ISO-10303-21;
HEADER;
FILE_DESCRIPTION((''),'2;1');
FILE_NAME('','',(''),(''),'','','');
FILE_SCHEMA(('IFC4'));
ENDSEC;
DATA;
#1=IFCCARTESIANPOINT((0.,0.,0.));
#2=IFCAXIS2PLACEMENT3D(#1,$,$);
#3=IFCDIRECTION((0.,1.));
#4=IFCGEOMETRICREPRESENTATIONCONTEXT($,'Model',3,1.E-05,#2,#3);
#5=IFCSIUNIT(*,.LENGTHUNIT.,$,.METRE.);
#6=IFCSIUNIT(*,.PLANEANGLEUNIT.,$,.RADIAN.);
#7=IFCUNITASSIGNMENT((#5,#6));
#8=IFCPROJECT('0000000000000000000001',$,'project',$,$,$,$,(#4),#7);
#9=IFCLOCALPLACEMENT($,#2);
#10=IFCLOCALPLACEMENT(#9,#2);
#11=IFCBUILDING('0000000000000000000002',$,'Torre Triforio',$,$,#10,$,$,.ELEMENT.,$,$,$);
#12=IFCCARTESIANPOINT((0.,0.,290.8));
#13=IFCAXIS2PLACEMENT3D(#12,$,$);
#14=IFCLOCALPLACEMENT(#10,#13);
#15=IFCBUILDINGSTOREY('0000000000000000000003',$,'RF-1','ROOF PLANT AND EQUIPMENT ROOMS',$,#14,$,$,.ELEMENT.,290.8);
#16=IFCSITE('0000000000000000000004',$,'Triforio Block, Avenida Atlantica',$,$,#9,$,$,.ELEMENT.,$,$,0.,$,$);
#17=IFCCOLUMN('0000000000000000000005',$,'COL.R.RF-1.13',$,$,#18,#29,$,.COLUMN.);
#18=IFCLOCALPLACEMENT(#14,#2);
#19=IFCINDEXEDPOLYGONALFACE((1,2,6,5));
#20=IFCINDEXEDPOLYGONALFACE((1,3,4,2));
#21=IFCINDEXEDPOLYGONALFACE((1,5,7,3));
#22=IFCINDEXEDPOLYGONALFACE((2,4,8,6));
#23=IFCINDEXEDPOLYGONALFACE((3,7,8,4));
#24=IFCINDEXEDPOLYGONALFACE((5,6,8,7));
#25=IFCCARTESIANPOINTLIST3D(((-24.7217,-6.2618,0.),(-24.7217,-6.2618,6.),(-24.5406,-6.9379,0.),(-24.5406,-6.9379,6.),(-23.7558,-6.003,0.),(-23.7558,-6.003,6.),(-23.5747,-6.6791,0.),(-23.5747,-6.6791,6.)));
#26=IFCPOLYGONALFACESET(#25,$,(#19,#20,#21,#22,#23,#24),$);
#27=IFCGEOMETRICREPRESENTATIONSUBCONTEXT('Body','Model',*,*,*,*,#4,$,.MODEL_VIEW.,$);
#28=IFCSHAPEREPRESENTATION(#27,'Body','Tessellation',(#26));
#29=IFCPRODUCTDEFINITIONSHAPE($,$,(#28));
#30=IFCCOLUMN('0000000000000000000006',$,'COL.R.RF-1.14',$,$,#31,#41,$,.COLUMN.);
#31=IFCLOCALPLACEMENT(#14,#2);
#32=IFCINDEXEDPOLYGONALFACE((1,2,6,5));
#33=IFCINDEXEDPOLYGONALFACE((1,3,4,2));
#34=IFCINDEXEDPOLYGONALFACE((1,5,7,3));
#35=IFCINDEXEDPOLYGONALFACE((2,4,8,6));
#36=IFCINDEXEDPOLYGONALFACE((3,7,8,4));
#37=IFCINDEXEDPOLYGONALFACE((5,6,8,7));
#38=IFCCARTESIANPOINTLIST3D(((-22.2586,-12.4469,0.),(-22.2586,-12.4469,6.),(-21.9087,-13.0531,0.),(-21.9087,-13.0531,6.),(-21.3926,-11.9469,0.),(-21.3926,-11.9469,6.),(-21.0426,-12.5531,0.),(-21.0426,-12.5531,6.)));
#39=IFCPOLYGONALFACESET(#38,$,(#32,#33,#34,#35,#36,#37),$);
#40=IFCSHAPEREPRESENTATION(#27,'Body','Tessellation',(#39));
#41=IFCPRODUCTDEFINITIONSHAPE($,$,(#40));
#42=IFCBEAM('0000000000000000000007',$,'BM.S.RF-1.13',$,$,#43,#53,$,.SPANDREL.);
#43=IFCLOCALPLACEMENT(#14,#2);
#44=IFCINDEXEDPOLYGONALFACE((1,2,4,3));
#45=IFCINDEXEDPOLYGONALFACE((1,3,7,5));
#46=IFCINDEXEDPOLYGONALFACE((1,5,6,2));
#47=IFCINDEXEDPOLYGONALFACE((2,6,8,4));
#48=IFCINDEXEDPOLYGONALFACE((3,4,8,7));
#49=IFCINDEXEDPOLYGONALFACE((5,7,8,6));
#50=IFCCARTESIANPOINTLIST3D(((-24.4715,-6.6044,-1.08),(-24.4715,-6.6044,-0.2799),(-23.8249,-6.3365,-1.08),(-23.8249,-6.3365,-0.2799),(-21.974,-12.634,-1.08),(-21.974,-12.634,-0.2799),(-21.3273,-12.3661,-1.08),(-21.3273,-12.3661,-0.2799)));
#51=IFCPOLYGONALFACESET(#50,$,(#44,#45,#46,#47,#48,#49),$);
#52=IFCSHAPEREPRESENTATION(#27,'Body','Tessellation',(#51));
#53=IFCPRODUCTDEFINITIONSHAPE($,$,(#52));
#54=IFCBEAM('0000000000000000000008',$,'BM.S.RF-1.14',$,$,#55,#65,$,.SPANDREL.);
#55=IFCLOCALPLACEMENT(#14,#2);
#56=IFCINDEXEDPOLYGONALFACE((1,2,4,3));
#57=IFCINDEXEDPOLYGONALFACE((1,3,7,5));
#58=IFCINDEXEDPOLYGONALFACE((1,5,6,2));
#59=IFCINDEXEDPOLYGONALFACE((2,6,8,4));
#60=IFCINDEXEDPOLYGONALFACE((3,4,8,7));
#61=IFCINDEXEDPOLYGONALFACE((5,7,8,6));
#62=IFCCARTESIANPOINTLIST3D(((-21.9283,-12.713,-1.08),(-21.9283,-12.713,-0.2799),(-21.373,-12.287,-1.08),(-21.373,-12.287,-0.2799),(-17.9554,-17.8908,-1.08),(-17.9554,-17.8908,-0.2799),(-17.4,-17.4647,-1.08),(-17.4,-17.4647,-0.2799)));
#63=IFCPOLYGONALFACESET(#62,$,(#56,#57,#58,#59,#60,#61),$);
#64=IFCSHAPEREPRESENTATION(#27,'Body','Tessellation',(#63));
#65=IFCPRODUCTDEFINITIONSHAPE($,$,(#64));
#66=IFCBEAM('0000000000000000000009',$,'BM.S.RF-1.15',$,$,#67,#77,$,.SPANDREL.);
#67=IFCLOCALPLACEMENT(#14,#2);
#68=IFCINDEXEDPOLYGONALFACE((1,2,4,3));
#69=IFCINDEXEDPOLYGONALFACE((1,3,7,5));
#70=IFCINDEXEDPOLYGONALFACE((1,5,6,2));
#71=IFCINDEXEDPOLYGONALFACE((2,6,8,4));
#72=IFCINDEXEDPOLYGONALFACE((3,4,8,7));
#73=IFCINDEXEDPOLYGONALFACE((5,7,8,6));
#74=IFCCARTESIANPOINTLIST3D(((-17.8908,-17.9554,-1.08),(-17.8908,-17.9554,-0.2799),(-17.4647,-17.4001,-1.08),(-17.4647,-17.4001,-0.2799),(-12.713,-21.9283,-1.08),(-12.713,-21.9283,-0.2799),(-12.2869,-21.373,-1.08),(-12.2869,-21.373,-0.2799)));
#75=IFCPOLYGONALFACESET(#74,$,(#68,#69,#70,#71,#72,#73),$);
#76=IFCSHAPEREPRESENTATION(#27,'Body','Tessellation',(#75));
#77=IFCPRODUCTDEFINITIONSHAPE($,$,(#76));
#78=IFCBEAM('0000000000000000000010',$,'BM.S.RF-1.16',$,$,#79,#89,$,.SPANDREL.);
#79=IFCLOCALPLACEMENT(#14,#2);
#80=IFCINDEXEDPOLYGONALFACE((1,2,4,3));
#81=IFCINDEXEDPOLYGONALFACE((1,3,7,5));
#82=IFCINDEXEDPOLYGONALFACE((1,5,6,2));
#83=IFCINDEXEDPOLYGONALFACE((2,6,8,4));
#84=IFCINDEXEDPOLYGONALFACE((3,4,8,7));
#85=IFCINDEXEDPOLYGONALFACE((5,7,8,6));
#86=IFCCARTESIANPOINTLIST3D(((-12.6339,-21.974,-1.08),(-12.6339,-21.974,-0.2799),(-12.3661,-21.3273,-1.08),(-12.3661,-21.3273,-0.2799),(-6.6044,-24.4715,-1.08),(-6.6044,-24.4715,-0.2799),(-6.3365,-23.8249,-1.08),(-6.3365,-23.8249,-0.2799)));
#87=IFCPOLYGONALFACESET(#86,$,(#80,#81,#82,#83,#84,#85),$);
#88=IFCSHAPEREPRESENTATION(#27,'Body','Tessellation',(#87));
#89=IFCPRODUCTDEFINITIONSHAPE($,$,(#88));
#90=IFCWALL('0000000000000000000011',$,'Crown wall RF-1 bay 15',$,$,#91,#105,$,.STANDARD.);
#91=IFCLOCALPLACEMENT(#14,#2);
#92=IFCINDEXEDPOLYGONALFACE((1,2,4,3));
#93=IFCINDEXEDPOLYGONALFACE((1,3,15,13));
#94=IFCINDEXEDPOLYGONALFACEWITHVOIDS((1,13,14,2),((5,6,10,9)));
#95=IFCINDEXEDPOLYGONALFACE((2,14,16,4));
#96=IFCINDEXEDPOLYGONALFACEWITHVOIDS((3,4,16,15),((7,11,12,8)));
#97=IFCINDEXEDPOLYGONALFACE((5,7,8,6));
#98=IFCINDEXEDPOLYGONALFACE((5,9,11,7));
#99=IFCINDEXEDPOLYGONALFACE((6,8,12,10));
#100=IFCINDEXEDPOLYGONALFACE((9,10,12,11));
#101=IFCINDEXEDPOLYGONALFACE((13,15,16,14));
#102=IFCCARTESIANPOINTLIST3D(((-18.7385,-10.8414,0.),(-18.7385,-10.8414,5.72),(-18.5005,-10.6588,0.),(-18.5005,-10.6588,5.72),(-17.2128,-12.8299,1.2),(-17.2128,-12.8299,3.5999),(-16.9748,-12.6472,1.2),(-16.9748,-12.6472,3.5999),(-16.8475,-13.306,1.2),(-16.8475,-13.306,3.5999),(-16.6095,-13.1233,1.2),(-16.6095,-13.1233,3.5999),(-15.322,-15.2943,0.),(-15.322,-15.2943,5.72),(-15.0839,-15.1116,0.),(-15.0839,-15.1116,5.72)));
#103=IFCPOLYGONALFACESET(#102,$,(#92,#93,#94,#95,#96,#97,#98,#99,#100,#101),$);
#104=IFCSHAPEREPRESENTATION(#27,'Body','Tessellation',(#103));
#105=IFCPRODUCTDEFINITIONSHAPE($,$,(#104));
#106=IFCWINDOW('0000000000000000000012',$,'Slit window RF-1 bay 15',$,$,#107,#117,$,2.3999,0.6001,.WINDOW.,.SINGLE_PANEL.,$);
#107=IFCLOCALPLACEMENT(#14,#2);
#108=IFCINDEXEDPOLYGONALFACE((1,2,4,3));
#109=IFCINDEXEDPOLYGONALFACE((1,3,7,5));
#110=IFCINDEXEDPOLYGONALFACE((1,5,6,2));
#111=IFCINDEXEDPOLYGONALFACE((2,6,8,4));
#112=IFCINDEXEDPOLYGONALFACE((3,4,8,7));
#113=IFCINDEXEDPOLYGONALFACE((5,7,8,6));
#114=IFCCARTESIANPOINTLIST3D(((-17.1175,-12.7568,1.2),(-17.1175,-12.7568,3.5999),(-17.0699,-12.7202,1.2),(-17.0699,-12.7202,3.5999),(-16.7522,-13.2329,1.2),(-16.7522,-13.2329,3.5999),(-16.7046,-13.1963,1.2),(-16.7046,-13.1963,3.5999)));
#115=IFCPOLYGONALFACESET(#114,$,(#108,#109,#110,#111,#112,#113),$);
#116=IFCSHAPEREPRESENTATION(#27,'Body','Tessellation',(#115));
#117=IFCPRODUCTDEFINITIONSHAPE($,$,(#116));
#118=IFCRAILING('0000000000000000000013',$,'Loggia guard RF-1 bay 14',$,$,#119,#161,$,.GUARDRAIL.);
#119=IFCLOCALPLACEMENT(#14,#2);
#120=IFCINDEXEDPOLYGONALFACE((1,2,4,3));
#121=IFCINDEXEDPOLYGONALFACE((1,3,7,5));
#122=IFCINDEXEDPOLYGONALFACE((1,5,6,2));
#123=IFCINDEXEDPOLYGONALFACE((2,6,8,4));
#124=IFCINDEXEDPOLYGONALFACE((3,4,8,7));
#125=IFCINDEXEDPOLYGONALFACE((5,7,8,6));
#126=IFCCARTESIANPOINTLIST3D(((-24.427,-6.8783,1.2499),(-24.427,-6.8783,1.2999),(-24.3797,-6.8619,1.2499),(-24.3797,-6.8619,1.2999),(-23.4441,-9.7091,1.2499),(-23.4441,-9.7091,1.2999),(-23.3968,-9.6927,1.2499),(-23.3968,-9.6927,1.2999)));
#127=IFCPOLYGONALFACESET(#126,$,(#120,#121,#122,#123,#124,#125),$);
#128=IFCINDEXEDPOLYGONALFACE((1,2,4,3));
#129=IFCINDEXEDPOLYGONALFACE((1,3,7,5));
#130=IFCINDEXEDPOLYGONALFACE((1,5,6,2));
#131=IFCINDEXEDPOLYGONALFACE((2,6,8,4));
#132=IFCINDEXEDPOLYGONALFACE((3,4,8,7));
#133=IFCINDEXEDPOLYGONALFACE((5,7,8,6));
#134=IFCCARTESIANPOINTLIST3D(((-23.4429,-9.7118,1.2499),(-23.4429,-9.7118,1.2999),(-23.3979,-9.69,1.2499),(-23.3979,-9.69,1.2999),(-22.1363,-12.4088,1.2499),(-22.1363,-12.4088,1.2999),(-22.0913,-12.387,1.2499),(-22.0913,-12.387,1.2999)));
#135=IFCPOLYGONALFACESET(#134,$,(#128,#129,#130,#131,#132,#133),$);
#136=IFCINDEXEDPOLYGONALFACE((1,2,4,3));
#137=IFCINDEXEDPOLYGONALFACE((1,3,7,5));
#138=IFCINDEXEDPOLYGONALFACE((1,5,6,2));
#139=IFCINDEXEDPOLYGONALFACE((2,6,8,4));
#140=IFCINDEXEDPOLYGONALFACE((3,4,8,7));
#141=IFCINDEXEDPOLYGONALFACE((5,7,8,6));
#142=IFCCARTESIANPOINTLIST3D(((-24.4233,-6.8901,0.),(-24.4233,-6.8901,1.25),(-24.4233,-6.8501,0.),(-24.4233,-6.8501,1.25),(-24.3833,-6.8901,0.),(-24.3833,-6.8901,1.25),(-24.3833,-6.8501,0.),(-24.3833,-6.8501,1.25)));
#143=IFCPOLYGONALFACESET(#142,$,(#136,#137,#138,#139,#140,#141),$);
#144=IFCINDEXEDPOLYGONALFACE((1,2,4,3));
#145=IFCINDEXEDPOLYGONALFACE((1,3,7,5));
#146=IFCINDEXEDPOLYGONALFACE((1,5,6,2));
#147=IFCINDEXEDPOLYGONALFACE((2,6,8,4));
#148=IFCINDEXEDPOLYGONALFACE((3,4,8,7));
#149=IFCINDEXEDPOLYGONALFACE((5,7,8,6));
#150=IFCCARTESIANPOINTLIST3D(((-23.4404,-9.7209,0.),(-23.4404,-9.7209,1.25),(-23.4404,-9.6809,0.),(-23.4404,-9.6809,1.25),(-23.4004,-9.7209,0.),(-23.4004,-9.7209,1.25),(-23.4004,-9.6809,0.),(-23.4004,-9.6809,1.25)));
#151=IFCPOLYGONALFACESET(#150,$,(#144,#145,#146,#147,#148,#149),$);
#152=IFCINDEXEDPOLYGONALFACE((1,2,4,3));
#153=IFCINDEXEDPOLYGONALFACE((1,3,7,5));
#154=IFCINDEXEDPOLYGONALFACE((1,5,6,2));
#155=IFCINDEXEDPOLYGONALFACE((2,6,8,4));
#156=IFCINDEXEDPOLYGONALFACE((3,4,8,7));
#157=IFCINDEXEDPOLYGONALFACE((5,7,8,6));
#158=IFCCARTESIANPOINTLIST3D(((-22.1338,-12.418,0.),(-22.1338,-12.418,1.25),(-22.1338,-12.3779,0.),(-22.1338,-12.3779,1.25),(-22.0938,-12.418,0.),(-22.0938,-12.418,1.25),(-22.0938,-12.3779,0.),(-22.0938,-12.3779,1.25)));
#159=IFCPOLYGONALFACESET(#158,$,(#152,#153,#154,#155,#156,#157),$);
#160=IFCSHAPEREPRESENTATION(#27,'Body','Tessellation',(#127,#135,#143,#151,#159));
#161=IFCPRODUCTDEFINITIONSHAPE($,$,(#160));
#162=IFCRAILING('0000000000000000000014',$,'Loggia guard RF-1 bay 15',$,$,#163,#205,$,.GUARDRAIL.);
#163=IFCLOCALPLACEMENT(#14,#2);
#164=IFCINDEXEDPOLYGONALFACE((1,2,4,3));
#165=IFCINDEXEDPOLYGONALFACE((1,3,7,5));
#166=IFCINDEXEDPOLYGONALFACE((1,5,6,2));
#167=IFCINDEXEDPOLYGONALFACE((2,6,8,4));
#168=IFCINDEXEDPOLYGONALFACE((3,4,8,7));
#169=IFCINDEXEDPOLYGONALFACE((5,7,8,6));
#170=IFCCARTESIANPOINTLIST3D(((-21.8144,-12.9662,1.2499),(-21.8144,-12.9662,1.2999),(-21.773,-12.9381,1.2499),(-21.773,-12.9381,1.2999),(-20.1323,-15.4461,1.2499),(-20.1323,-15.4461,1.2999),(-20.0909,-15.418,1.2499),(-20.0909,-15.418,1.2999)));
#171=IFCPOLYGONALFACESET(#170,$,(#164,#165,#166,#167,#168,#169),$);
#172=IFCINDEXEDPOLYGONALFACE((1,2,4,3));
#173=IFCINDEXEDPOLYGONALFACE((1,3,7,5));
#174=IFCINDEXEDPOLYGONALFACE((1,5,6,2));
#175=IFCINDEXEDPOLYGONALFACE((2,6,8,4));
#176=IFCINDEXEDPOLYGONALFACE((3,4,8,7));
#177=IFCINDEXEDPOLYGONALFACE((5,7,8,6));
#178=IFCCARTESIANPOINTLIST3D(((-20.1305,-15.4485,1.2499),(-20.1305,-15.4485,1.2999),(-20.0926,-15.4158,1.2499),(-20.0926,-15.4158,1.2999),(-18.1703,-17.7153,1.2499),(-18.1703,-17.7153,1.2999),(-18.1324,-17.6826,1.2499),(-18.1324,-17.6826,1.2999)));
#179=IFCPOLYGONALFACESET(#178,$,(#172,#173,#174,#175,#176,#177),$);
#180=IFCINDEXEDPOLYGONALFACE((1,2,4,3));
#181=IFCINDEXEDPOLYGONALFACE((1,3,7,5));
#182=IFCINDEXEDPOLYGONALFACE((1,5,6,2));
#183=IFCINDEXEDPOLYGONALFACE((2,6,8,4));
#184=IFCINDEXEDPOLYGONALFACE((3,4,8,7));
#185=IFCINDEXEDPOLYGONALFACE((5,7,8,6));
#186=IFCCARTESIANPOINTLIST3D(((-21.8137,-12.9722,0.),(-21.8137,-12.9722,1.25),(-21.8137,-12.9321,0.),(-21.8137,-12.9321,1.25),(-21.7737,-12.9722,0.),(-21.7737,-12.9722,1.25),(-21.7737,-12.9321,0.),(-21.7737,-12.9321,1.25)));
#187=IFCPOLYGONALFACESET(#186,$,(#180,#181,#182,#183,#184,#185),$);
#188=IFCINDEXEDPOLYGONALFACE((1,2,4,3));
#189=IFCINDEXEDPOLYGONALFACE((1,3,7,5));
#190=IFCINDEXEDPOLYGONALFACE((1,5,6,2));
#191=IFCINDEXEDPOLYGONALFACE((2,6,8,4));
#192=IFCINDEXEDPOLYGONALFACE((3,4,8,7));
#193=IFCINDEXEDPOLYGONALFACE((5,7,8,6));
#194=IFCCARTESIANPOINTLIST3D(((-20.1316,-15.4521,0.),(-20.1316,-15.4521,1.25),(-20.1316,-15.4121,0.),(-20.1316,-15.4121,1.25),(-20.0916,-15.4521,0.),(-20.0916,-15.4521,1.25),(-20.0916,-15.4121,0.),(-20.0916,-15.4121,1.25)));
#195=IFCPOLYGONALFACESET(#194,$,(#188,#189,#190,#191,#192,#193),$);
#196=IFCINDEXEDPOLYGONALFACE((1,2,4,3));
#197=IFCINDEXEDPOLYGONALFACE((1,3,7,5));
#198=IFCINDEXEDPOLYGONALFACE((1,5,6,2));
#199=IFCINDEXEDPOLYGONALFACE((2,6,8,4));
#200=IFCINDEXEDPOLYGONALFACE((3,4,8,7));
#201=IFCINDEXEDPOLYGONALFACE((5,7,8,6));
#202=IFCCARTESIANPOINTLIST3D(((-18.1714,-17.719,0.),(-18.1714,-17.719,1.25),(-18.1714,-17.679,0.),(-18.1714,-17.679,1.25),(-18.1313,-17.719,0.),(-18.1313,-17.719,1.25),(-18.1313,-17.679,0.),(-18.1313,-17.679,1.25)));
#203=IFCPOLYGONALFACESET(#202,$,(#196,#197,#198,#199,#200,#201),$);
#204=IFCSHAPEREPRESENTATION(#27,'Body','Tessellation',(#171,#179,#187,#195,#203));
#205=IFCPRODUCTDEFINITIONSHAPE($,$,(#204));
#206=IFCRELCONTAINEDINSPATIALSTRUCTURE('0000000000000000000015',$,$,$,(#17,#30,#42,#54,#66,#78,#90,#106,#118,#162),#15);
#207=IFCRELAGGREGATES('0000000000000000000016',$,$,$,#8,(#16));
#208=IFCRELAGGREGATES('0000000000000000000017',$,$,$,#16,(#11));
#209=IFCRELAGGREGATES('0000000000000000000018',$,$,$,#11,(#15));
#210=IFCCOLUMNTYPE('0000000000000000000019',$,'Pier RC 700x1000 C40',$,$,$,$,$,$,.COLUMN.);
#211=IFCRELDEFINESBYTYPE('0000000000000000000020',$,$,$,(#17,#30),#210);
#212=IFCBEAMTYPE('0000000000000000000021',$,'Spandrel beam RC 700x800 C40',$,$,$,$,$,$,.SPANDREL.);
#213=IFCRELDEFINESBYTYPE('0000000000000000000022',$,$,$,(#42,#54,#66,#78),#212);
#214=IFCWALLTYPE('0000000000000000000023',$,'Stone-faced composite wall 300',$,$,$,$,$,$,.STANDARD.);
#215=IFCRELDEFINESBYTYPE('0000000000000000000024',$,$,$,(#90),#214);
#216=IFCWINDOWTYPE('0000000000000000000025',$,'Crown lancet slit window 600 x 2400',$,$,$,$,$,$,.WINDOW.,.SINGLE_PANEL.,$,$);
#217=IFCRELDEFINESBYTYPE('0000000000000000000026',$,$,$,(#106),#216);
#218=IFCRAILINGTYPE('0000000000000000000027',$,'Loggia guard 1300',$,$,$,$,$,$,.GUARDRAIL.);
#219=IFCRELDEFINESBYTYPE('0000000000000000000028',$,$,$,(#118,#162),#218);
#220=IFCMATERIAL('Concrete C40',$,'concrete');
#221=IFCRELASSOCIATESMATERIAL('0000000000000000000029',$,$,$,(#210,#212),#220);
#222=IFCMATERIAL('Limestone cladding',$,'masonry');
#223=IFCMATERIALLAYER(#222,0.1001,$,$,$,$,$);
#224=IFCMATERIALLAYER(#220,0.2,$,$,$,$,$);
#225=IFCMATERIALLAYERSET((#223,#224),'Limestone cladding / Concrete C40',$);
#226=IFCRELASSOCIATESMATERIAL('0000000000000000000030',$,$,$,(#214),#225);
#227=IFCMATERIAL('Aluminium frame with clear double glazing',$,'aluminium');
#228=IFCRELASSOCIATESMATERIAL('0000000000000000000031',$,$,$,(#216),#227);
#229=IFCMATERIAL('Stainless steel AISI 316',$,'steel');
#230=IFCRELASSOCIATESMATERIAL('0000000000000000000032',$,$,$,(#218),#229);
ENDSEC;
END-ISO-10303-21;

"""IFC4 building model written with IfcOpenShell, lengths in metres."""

from ifc_helpers import new_model, si_unit, direction, frame, frame_2d, origin, origin_2d, place, context, subcontext, project, spatial, polyline, rectangle, outline, extrude, material, layer, layer_set, material_profile, profile_set, type_object, element, fill, save


model = new_model("IFC4")

# Units and contexts
model_context = context("Model", 3, precision=1e-05, world=origin(), true_north=direction((0.0, 1.0)))
body_context = subcontext(model_context, "Body", "Model", "MODEL_VIEW")
ifc_project = project(units=[si_unit("LENGTHUNIT", "METRE"), si_unit("PLANEANGLEUNIT", "RADIAN")], contexts=[model_context])

# Site, building, storey
site_placement = place(None, origin())
site = spatial("IfcSite", under=ifc_project, at=site_placement, Name="Triforio Block, Avenida Atlantica", CompositionType="ELEMENT", RefElevation=0.0)
building_placement = place(site_placement, origin())
building = spatial("IfcBuilding", under=site, at=building_placement, Name="Torre Triforio", CompositionType="ELEMENT")
storey_placement = place(building_placement, frame((0.0, 0.0, 290.8)))
storey = spatial("IfcBuildingStorey", under=building, at=storey_placement, Name="RF-1", Description="ROOF PLANT AND EQUIPMENT ROOMS", CompositionType="ELEMENT", Elevation=290.8)

# Columns
ifc_material_1 = material(Name="Concrete C40", Category="concrete")
ifc_material_profile_1 = material_profile(ifc_material_1, rectangle(XDim=0.7, YDim=1.0, at=origin_2d()), Name="RC 700x1000")
ifc_profile_set_1 = profile_set([ifc_material_profile_1], Name="Concrete C40")
column_type = type_object("IfcColumnType", Name="Pier RC 700x1000 C40", PredefinedType="COLUMN", material=ifc_profile_set_1)
for number, where, z_axis, x_axis, name in (
    (1, (-24.1482, -6.4705, 0.0), (0.0, 0.0, 1.0), (0.258819, -0.965926, 0.0), "COL.R.RF-1.13"),
    (2, (-21.6506, -12.5, 0.0), (0.0, 0.0, 1.0), (0.5, -0.866025, 0.0), "COL.R.RF-1.14"),
):
    element("IfcColumn", number, at=place(storey_placement, frame(where, z_axis=z_axis, x_axis=x_axis)), inside=storey, type_object=column_type, Name=name, PredefinedType="COLUMN", context=body_context, shape_type="SweptSolid", body=[
        extrude(rectangle(XDim=0.7, YDim=1.0, at=origin_2d()), origin(), (0.0, 0.0, 1.0), 6.0),
    ])

# Beams
ifc_material_profile_2 = material_profile(ifc_material_1, rectangle(XDim=0.7, YDim=0.8, at=origin_2d()), Name="RC 700x800")
ifc_profile_set_2 = profile_set([ifc_material_profile_2], Name="Concrete C40")
beam_type = type_object("IfcBeamType", Name="Spandrel beam RC 700x800 C40", PredefinedType="SPANDREL", material=ifc_profile_set_2)
for number, where, z_axis, x_axis, name in (
    (3, (-24.1482, -6.4705, -0.6799), (0.382689, -0.923877, 0.0), (0.923877, 0.382689, 0.0), "BM.S.RF-1.13"),
    (4, (-21.6506, -12.5, -0.6799), (0.60875, -0.793362, 0.0), (0.793362, 0.60875, 0.0), "BM.S.RF-1.14"),
    (5, (-17.6777, -17.6777, -0.6799), (0.793362, -0.60875, 0.0), (0.60875, 0.793362, 0.0), "BM.S.RF-1.15"),
    (6, (-12.5, -21.6506, -0.6799), (0.923877, -0.382689, 0.0), (0.382689, 0.923877, 0.0), "BM.S.RF-1.16"),
):
    element("IfcBeam", number, at=place(storey_placement, frame(where, z_axis=z_axis, x_axis=x_axis)), inside=storey, type_object=beam_type, Name=name, PredefinedType="SPANDREL", context=body_context, shape_type="SweptSolid", body=[
        extrude(rectangle(XDim=0.7, YDim=0.8, at=origin_2d()), origin(), (0.0, 0.0, 1.0), 6.5264),
    ])

# Wall, opening, window
ifc_material_2 = material(Name="Limestone cladding", Category="masonry")
ifc_layer_1 = layer(ifc_material_2, 0.1001)
ifc_layer_2 = layer(ifc_material_1, 0.2)
ifc_layer_set = layer_set([ifc_layer_1, ifc_layer_2], Name="Limestone cladding / Concrete C40")
wall_type = type_object("IfcWallType", Name="Stone-faced composite wall 300", PredefinedType="STANDARD", material=ifc_layer_set)
wall_placement = place(storey_placement, frame((-18.6194, -10.75, 0.0), z_axis=(0.0, 0.0, 1.0), x_axis=(0.608726, -0.79338, 0.0)))
wall = element("IfcWall", 7, at=wall_placement, inside=storey, type_object=wall_type, Name="Crown wall RF-1 bay 15", PredefinedType="STANDARD", context=body_context, shape_type="SweptSolid", body=[
    extrude(outline(polyline([(0.0, 0.0), (5.6125, 0.0), (5.6125, 5.72), (0.0, 5.72), (0.0, 0.0)])), frame((0.0, 0.1499, 0.0), z_axis=(0.0, -1.0, 0.0), x_axis=(1.0, 0.0, 0.0)), (0.0, 0.0, 1.0), 0.3),
])
opening_placement = place(wall_placement, frame((2.5063, 0.0, 1.2)))
opening = element("IfcOpeningElement", 8, at=opening_placement, cuts=wall, PredefinedType="OPENING", context=body_context, shape_type="SweptSolid", body=[
    extrude(rectangle(XDim=0.6001, YDim=2.3999, at=frame_2d((0.3, 1.2))), frame((0.0, 0.1599, 0.0), z_axis=(0.0, -1.0, 0.0), x_axis=(1.0, 0.0, 0.0)), (0.0, 0.0, 1.0), 0.3201),
])
ifc_material_3 = material(Name="Aluminium frame with clear double glazing", Category="aluminium")
window_type = type_object("IfcWindowType", Name="Crown lancet slit window 600 x 2400", PartitioningType="SINGLE_PANEL", PredefinedType="WINDOW", material=ifc_material_3)
window_placement = place(opening_placement, origin())
window = element("IfcWindow", 9, at=window_placement, inside=storey, type_object=window_type, Name="Slit window RF-1 bay 15", OverallHeight=2.3999, OverallWidth=0.6001, PartitioningType="SINGLE_PANEL", PredefinedType="WINDOW", context=body_context, shape_type="SweptSolid", body=[
    extrude(rectangle(XDim=0.6001, YDim=2.3999, at=frame_2d((0.3, 1.2))), frame((0.0, 0.03, 0.0), z_axis=(0.0, -1.0, 0.0), x_axis=(1.0, 0.0, 0.0)), (0.0, 0.0, 1.0), 0.0601),
])
fill(opening, window)

# Railings
ifc_material_4 = material(Name="Stainless steel AISI 316", Category="steel")
railing_type = type_object("IfcRailingType", Name="Loggia guard 1300", PredefinedType="GUARDRAIL", material=ifc_material_4)
railing_1_placement = place(storey_placement, frame((-24.4033, -6.8701, 0.0)))
element("IfcRailing", 10, at=railing_1_placement, inside=storey, type_object=railing_type, Name="Loggia guard RF-1 bay 14", PredefinedType="GUARDRAIL", context=body_context, shape_type="SweptSolid", body=[
    extrude(rectangle(XDim=0.05, YDim=0.05, at=origin_2d()), frame((0.0, 0.0, 1.2749), z_axis=(0.328009, -0.944675, 0.0), x_axis=(0.944675, 0.328009, 0.0)), (0.0, 0.0, 1.0), 2.9966),
    extrude(rectangle(XDim=0.05, YDim=0.05, at=origin_2d()), frame((0.9829, -2.8308, 1.2749), z_axis=(0.436002, -0.899946, 0.0), x_axis=(0.899946, 0.436002, 0.0)), (0.0, 0.0, 1.0), 2.9968),
    extrude(rectangle(XDim=0.04, YDim=0.04, at=origin_2d()), origin(), (0.0, 0.0, 1.0), 1.25),
    extrude(rectangle(XDim=0.04, YDim=0.04, at=origin_2d()), frame((0.9829, -2.8308, 0.0)), (0.0, 0.0, 1.0), 1.25),
    extrude(rectangle(XDim=0.04, YDim=0.04, at=origin_2d()), frame((2.2896, -5.5278, 0.0)), (0.0, 0.0, 1.0), 1.25),
])
railing_2_placement = place(storey_placement, frame((-21.7937, -12.9521, 0.0)))
element("IfcRailing", 11, at=railing_2_placement, inside=storey, type_object=railing_type, Name="Loggia guard RF-1 bay 15", PredefinedType="GUARDRAIL", context=body_context, shape_type="SweptSolid", body=[
    extrude(rectangle(XDim=0.05, YDim=0.05, at=origin_2d()), frame((0.0, 0.0, 1.2749), z_axis=(0.561338, -0.827587, 0.0), x_axis=(0.827587, 0.561338, 0.0)), (0.0, 0.0, 1.0), 2.9966),
    extrude(rectangle(XDim=0.05, YDim=0.05, at=origin_2d()), frame((1.6821, -2.48, 1.2749), z_axis=(0.654093, -0.756414, 0.0), x_axis=(0.756414, 0.654093, 0.0)), (0.0, 0.0, 1.0), 2.9968),
    extrude(rectangle(XDim=0.04, YDim=0.04, at=origin_2d()), origin(), (0.0, 0.0, 1.0), 1.25),
    extrude(rectangle(XDim=0.04, YDim=0.04, at=origin_2d()), frame((1.6821, -2.48, 0.0)), (0.0, 0.0, 1.0), 1.25),
    extrude(rectangle(XDim=0.04, YDim=0.04, at=origin_2d()), frame((3.6423, -4.7468, 0.0)), (0.0, 0.0, 1.0), 1.25),
])

save(model, "model.ifc")
